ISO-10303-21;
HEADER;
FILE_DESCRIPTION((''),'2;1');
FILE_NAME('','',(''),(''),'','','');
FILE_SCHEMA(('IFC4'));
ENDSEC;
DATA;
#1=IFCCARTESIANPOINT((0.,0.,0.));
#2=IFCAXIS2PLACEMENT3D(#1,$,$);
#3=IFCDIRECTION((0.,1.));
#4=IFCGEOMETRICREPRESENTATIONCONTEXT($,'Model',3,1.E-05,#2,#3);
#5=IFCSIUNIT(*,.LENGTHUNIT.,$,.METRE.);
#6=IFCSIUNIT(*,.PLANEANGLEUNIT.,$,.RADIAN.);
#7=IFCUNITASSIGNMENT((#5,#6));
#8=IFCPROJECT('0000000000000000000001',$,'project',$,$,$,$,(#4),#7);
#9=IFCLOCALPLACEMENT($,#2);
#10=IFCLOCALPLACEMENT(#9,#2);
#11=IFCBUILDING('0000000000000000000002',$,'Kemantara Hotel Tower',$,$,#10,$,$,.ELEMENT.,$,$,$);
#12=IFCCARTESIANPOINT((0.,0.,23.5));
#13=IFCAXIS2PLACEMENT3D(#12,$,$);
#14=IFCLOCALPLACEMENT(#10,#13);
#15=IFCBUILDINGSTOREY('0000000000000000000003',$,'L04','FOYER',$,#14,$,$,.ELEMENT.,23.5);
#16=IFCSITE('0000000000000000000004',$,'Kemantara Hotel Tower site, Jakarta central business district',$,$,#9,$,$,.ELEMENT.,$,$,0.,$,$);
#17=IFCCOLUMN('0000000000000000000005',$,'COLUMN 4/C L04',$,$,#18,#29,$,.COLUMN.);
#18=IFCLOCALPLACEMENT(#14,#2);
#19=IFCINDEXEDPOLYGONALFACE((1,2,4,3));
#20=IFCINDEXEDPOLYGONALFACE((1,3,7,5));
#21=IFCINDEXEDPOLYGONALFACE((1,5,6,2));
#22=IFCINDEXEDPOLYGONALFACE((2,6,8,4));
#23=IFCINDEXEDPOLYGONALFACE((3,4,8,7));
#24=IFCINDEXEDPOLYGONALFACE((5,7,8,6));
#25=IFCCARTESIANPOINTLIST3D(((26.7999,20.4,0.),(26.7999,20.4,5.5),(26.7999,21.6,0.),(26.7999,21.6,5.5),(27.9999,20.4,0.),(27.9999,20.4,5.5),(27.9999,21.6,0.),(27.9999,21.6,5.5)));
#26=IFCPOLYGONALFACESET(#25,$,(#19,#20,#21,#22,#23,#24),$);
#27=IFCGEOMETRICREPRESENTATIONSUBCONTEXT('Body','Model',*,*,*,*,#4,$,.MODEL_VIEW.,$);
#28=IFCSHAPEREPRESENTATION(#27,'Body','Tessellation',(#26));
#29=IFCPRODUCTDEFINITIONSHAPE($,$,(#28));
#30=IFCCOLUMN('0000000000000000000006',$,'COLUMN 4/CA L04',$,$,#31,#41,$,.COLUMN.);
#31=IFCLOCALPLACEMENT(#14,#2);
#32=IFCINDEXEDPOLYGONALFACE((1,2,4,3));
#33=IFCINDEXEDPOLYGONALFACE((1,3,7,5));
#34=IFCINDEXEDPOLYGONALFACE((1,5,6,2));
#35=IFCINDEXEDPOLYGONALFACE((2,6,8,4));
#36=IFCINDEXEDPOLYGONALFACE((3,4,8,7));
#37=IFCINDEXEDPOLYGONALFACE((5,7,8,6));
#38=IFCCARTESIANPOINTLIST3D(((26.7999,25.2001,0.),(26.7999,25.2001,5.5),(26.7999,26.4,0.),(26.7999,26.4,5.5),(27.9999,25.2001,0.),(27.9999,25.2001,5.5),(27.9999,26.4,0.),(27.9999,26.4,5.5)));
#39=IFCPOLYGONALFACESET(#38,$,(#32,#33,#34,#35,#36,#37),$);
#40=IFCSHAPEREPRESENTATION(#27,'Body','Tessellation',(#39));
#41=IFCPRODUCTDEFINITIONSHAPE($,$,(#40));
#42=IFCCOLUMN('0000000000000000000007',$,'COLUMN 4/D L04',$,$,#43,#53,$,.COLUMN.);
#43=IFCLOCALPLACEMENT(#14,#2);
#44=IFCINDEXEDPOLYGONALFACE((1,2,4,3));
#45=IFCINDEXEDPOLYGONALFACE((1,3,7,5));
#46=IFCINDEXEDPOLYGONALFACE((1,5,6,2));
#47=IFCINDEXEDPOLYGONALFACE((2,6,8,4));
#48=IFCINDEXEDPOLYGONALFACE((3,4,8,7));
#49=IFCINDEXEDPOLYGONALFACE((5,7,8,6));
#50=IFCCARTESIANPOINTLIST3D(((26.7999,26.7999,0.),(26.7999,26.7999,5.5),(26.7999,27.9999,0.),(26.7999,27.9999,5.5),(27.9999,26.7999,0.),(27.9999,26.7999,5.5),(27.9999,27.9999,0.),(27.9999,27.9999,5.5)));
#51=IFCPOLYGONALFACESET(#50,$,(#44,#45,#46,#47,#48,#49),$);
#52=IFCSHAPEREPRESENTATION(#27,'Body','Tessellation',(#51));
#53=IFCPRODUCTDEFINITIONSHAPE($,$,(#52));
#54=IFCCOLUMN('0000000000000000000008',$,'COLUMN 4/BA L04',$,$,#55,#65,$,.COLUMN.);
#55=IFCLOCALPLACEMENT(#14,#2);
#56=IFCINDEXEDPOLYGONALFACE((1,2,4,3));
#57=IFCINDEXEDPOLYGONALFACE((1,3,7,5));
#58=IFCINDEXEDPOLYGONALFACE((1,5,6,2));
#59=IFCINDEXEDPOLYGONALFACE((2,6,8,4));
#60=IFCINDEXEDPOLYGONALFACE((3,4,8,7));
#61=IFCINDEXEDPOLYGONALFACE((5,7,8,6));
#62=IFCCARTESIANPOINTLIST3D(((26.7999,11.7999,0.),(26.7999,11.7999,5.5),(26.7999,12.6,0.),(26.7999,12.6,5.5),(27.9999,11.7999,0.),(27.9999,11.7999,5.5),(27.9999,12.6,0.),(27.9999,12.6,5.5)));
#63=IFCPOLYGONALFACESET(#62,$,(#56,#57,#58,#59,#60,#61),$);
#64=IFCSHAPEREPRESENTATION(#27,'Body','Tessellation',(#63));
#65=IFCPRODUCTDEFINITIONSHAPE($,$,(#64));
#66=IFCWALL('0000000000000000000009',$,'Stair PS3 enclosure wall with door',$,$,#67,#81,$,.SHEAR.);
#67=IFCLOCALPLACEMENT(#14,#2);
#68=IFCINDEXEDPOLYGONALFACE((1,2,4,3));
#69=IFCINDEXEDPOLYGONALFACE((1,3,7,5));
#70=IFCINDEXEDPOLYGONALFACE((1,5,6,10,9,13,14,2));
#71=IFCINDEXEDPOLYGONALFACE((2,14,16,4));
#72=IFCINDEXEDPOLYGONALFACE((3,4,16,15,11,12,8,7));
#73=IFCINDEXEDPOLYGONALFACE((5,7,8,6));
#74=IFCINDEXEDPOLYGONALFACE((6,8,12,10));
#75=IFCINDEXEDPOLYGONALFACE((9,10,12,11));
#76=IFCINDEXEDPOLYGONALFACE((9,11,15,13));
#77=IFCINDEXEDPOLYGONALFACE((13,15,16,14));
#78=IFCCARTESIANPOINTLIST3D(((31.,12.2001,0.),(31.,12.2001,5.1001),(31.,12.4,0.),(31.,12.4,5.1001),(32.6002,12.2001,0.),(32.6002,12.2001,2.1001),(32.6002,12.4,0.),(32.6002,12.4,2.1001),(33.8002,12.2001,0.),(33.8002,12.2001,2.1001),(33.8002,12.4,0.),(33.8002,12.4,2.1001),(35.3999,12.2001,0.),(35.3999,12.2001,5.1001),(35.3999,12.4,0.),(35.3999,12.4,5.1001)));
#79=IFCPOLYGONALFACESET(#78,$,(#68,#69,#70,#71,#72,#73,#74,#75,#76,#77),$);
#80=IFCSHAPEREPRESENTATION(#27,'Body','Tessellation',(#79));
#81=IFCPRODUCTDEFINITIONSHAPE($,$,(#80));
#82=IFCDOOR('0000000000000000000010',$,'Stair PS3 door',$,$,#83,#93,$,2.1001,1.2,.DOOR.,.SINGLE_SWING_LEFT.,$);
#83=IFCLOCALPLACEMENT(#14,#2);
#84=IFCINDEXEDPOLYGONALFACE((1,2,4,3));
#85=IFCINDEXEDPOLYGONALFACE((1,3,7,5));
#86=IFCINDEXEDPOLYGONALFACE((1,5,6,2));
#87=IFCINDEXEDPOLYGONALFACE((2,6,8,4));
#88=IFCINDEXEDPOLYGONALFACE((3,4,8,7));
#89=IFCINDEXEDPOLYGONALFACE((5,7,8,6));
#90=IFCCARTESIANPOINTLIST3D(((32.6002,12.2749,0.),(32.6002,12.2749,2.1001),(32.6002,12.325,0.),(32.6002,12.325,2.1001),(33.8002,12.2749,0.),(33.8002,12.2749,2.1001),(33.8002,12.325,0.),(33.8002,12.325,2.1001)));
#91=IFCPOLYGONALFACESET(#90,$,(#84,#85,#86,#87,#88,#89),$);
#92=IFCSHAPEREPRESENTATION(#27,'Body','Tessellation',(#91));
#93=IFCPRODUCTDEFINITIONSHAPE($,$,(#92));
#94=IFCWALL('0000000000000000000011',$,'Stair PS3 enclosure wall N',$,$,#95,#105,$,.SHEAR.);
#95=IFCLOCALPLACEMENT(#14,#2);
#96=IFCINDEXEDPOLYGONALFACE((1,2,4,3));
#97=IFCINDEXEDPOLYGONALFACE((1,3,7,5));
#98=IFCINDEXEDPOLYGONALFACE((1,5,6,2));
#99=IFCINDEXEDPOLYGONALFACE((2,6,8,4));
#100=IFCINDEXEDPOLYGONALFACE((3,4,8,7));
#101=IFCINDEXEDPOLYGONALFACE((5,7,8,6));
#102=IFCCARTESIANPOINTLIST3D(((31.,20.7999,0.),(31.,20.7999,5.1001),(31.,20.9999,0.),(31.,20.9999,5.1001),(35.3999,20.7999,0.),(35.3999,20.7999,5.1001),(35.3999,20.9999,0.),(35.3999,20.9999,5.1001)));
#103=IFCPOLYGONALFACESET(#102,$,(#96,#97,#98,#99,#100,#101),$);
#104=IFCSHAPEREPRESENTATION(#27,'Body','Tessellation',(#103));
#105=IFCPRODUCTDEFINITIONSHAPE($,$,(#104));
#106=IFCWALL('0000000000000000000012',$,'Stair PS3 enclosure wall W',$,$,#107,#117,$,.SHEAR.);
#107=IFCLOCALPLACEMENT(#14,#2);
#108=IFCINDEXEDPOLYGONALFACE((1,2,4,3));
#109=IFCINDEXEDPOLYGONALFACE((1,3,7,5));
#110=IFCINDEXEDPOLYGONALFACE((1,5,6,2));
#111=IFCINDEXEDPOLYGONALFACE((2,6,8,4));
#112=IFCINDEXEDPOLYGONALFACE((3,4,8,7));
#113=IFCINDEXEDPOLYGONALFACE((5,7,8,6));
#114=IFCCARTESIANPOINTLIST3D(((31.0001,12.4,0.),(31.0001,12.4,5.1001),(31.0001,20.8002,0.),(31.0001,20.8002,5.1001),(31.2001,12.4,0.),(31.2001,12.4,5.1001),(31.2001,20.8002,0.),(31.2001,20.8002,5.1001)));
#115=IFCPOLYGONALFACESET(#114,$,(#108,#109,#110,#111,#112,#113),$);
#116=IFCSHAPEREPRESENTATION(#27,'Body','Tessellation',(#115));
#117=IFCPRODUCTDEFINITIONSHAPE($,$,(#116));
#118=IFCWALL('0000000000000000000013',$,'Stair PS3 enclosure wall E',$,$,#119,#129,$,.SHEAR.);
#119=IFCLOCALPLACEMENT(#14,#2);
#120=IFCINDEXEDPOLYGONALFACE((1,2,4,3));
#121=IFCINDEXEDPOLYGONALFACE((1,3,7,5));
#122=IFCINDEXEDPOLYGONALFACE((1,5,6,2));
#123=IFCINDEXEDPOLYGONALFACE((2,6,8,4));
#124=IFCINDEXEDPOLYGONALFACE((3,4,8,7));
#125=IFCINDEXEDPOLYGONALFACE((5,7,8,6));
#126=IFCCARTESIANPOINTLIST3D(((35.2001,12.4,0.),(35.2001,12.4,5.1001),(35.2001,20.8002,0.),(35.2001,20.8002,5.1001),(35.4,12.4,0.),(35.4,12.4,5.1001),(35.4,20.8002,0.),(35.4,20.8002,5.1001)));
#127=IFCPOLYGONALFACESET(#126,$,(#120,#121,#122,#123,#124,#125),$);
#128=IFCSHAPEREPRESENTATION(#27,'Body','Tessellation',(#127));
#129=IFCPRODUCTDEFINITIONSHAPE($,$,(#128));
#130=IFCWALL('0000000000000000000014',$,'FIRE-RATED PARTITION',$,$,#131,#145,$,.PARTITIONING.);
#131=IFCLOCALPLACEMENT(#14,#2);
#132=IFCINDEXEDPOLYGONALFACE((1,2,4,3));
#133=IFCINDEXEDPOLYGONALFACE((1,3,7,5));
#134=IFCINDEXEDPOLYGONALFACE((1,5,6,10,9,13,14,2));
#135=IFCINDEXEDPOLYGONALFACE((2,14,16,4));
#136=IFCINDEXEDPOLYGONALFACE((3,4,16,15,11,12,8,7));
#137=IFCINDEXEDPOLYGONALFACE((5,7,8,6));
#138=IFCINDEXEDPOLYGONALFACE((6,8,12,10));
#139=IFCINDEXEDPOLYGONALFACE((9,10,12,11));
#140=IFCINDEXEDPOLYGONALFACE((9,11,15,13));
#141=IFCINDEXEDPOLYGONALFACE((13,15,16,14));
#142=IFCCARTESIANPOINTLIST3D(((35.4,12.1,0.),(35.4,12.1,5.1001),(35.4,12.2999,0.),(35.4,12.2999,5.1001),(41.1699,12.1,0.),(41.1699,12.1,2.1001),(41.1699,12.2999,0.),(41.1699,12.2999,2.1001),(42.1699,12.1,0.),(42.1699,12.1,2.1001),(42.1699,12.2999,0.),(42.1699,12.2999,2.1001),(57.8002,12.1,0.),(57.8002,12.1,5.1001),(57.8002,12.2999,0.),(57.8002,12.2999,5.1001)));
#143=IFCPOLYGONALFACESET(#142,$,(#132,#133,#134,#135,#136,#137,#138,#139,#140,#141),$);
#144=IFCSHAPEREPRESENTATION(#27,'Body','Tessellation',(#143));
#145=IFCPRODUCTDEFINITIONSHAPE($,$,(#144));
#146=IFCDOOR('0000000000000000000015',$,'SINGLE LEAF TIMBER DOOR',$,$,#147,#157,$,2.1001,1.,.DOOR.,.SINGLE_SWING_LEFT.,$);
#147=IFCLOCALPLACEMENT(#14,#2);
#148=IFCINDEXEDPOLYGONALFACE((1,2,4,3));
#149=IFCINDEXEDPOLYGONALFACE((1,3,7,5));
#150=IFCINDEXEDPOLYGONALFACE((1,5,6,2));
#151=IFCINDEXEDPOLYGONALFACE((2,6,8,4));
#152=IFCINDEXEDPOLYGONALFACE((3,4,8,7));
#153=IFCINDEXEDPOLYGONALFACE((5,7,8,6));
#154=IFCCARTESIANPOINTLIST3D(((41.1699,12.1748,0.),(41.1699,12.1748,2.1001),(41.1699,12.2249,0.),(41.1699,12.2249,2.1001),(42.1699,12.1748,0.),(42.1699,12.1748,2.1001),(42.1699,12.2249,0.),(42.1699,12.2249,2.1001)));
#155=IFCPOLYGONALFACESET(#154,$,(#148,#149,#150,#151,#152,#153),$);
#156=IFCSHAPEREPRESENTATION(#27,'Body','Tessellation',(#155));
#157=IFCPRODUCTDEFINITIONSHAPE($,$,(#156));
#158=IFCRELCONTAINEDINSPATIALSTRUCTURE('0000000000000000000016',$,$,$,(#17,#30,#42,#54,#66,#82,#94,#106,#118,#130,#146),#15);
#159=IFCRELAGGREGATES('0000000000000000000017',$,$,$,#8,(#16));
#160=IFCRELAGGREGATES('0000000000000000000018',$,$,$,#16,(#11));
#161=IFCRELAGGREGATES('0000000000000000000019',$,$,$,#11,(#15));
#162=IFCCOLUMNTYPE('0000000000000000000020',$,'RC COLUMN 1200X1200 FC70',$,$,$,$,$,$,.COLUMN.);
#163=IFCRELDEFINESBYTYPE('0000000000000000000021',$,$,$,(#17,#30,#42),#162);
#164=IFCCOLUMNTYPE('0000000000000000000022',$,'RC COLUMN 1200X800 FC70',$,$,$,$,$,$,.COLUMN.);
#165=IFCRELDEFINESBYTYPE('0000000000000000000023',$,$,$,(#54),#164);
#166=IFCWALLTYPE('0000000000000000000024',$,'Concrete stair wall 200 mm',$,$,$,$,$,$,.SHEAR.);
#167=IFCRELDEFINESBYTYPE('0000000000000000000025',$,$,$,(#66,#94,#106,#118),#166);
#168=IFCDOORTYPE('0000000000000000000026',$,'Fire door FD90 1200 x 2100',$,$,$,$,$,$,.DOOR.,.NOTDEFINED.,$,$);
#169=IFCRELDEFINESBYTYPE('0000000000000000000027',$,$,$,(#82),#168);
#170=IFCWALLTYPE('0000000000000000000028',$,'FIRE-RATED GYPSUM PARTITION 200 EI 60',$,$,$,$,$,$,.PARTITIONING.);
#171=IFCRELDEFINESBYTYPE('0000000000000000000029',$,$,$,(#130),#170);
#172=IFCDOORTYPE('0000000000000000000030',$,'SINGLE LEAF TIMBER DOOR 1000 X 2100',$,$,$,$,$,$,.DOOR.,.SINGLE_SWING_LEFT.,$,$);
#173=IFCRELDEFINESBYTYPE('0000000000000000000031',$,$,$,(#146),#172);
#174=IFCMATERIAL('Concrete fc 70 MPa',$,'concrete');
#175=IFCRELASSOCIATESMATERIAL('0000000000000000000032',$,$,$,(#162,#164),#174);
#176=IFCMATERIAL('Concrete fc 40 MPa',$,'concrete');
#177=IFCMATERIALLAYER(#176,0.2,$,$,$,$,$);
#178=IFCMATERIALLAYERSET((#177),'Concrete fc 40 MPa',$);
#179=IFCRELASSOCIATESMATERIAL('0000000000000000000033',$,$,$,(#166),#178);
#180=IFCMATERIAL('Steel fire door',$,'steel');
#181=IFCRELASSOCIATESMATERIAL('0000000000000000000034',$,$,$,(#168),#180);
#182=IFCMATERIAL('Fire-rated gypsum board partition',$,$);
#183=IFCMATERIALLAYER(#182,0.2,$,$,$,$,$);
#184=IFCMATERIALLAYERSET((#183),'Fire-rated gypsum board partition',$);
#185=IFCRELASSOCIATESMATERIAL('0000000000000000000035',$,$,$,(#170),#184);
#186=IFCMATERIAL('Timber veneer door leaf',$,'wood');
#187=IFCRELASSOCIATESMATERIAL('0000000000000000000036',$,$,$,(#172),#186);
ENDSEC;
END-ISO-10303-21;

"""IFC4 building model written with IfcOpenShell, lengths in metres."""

from ifc_helpers import new_model, si_unit, direction, frame, frame_2d, origin, origin_2d, place, context, subcontext, project, spatial, rectangle, extrude, material, layer, layer_set, material_profile, profile_set, type_object, element, fill, save


model = new_model("IFC4")

# Units and contexts
model_context = context("Model", 3, precision=1e-05, world=origin(), true_north=direction((0.0, 1.0)))
body_context = subcontext(model_context, "Body", "Model", "MODEL_VIEW")
ifc_project = project(units=[si_unit("LENGTHUNIT", "METRE"), si_unit("PLANEANGLEUNIT", "RADIAN")], contexts=[model_context])

# Site, building, storey
site_placement = place(None, origin())
site = spatial("IfcSite", under=ifc_project, at=site_placement, Name="Kemantara Hotel Tower site, Jakarta central business district", CompositionType="ELEMENT", RefElevation=0.0)
building_placement = place(site_placement, origin())
building = spatial("IfcBuilding", under=site, at=building_placement, Name="Kemantara Hotel Tower", CompositionType="ELEMENT")
storey_placement = place(building_placement, frame((0.0, 0.0, 23.5)))
storey = spatial("IfcBuildingStorey", under=building, at=storey_placement, Name="L04", Description="FOYER", CompositionType="ELEMENT", Elevation=23.5)

# Columns
ifc_material_1 = material(Name="Concrete fc 70 MPa", Category="concrete")
ifc_material_profile_1 = material_profile(ifc_material_1, rectangle(XDim=1.2, YDim=1.2, at=origin_2d()), Name="RC 1200X1200")
ifc_profile_set_1 = profile_set([ifc_material_profile_1], Name="Concrete fc 70 MPa")
column_type_1 = type_object("IfcColumnType", Name="RC COLUMN 1200X1200 FC70", PredefinedType="COLUMN", material=ifc_profile_set_1)
for number, where, z_axis, x_axis, name in (
    (1, (27.3999, 21.0, 0.0), (0.0, 0.0, 1.0), (1.0, 0.0, 0.0), "COLUMN 4/C L04"),
    (2, (27.3999, 25.8, 0.0), (0.0, 0.0, 1.0), (1.0, 0.0, 0.0), "COLUMN 4/CA L04"),
    (3, (27.3999, 27.3999, 0.0), (0.0, 0.0, 1.0), (1.0, 0.0, 0.0), "COLUMN 4/D L04"),
):
    element("IfcColumn", number, at=place(storey_placement, frame(where, z_axis=z_axis, x_axis=x_axis)), inside=storey, type_object=column_type_1, Name=name, PredefinedType="COLUMN", context=body_context, shape_type="SweptSolid", body=[
        extrude(rectangle(XDim=1.2, YDim=1.2, at=origin_2d()), origin(), (0.0, 0.0, 1.0), 5.5),
    ])
ifc_material_profile_2 = material_profile(ifc_material_1, rectangle(XDim=1.2, YDim=0.8, at=origin_2d()), Name="RC 1200X800")
ifc_profile_set_2 = profile_set([ifc_material_profile_2], Name="Concrete fc 70 MPa")
column_type_2 = type_object("IfcColumnType", Name="RC COLUMN 1200X800 FC70", PredefinedType="COLUMN", material=ifc_profile_set_2)
column_placement = place(storey_placement, frame((27.3999, 12.2, 0.0), z_axis=(0.0, 0.0, 1.0), x_axis=(1.0, 0.0, 0.0)))
element("IfcColumn", 4, at=column_placement, inside=storey, type_object=column_type_2, Name="COLUMN 4/BA L04", PredefinedType="COLUMN", context=body_context, shape_type="SweptSolid", body=[
    extrude(rectangle(XDim=1.2, YDim=0.8, at=origin_2d()), origin(), (0.0, 0.0, 1.0), 5.5),
])

# Wall, opening, door
ifc_material_2 = material(Name="Concrete fc 40 MPa", Category="concrete")
ifc_layer_1 = layer(ifc_material_2, 0.2)
ifc_layer_set_1 = layer_set([ifc_layer_1], Name="Concrete fc 40 MPa")
wall_type_1 = type_object("IfcWallType", Name="Concrete stair wall 200 mm", PredefinedType="SHEAR", material=ifc_layer_set_1)
wall_1_placement = place(storey_placement, frame((31.0, 12.3, 0.0), z_axis=(0.0, 0.0, 1.0), x_axis=(1.0, 0.0, 0.0)))
wall_1 = element("IfcWall", 5, at=wall_1_placement, inside=storey, type_object=wall_type_1, Name="Stair PS3 enclosure wall with door", PredefinedType="SHEAR", context=body_context, shape_type="SweptSolid", body=[
    extrude(rectangle(XDim=4.3999, YDim=0.2, at=frame_2d((2.2, 0.0))), origin(), (0.0, 0.0, 1.0), 5.1001),
])
opening_1_placement = place(wall_1_placement, frame((1.6001, 0.0, 0.0)))
opening_1 = element("IfcOpeningElement", 6, at=opening_1_placement, cuts=wall_1, PredefinedType="OPENING", context=body_context, shape_type="SweptSolid", body=[
    extrude(rectangle(XDim=1.2, YDim=2.1001, at=frame_2d((0.6001, 1.05))), frame((0.0, 0.1099, 0.0), z_axis=(0.0, -1.0, 0.0), x_axis=(1.0, 0.0, 0.0)), (0.0, 0.0, 1.0), 0.22),
])
ifc_material_3 = material(Name="Steel fire door", Category="steel")
door_type_1 = type_object("IfcDoorType", Name="Fire door FD90 1200 x 2100", OperationType="NOTDEFINED", PredefinedType="DOOR", material=ifc_material_3)
door_1_placement = place(opening_1_placement, origin())
door_1 = element("IfcDoor", 7, at=door_1_placement, inside=storey, type_object=door_type_1, Name="Stair PS3 door", OperationType="SINGLE_SWING_LEFT", OverallHeight=2.1001, OverallWidth=1.2, PredefinedType="DOOR", context=body_context, shape_type="SweptSolid", body=[
    extrude(rectangle(XDim=1.2, YDim=2.1001, at=frame_2d((0.6001, 1.05))), frame((0.0, 0.0249, 0.0), z_axis=(0.0, -1.0, 0.0), x_axis=(1.0, 0.0, 0.0)), (0.0, 0.0, 1.0), 0.05),
])
fill(opening_1, door_1)

# Walls
wall_2_placement = place(storey_placement, frame((31.0, 20.8999, 0.0), z_axis=(0.0, 0.0, 1.0), x_axis=(1.0, 0.0, 0.0)))
element("IfcWall", 8, at=wall_2_placement, inside=storey, type_object=wall_type_1, Name="Stair PS3 enclosure wall N", PredefinedType="SHEAR", context=body_context, shape_type="SweptSolid", body=[
    extrude(rectangle(XDim=4.3999, YDim=0.2, at=frame_2d((2.2, 0.0))), origin(), (0.0, 0.0, 1.0), 5.1001),
])
for number, where, z_axis, x_axis, name in (
    (9, (31.1001, 12.3999, 0.0), (0.0, 0.0, 1.0), (0.0, 1.0, 0.0), "Stair PS3 enclosure wall W"),
    (10, (35.3, 12.3999, 0.0), (0.0, 0.0, 1.0), (0.0, 1.0, 0.0), "Stair PS3 enclosure wall E"),
):
    element("IfcWall", number, at=place(storey_placement, frame(where, z_axis=z_axis, x_axis=x_axis)), inside=storey, type_object=wall_type_1, Name=name, PredefinedType="SHEAR", context=body_context, shape_type="SweptSolid", body=[
        extrude(rectangle(XDim=8.4001, YDim=0.2, at=frame_2d((4.2002, 0.0))), origin(), (0.0, 0.0, 1.0), 5.1001),
    ])

# Wall, opening, door
ifc_material_4 = material(Name="Fire-rated gypsum board partition")
ifc_layer_2 = layer(ifc_material_4, 0.2)
ifc_layer_set_2 = layer_set([ifc_layer_2], Name="Fire-rated gypsum board partition")
wall_type_2 = type_object("IfcWallType", Name="FIRE-RATED GYPSUM PARTITION 200 EI 60", PredefinedType="PARTITIONING", material=ifc_layer_set_2)
wall_3_placement = place(storey_placement, frame((35.3999, 12.2, 0.0), z_axis=(0.0, 0.0, 1.0), x_axis=(1.0, 0.0, 0.0)))
wall_3 = element("IfcWall", 11, at=wall_3_placement, inside=storey, type_object=wall_type_2, Name="FIRE-RATED PARTITION", PredefinedType="PARTITIONING", context=body_context, shape_type="SweptSolid", body=[
    extrude(rectangle(XDim=22.4001, YDim=0.2, at=frame_2d((11.2002, 0.0))), origin(), (0.0, 0.0, 1.0), 5.1001),
])
opening_2_placement = place(wall_3_placement, frame((5.77, 0.0, 0.0)))
opening_2 = element("IfcOpeningElement", 12, at=opening_2_placement, cuts=wall_3, PredefinedType="OPENING", context=body_context, shape_type="SweptSolid", body=[
    extrude(rectangle(XDim=1.0, YDim=2.1001, at=frame_2d((0.5, 1.05))), frame((0.0, 0.1099, 0.0), z_axis=(0.0, -1.0, 0.0), x_axis=(1.0, 0.0, 0.0)), (0.0, 0.0, 1.0), 0.22),
])
ifc_material_5 = material(Name="Timber veneer door leaf", Category="wood")
door_type_2 = type_object("IfcDoorType", Name="SINGLE LEAF TIMBER DOOR 1000 X 2100", OperationType="SINGLE_SWING_LEFT", PredefinedType="DOOR", material=ifc_material_5)
door_2_placement = place(opening_2_placement, origin())
door_2 = element("IfcDoor", 13, at=door_2_placement, inside=storey, type_object=door_type_2, Name="SINGLE LEAF TIMBER DOOR", OperationType="SINGLE_SWING_LEFT", OverallHeight=2.1001, OverallWidth=1.0, PredefinedType="DOOR", context=body_context, shape_type="SweptSolid", body=[
    extrude(rectangle(XDim=1.0, YDim=2.1001, at=frame_2d((0.5, 1.05))), frame((0.0, 0.0249, 0.0), z_axis=(0.0, -1.0, 0.0), x_axis=(1.0, 0.0, 0.0)), (0.0, 0.0, 1.0), 0.05),
])
fill(opening_2, door_2)

save(model, "model.ifc")
